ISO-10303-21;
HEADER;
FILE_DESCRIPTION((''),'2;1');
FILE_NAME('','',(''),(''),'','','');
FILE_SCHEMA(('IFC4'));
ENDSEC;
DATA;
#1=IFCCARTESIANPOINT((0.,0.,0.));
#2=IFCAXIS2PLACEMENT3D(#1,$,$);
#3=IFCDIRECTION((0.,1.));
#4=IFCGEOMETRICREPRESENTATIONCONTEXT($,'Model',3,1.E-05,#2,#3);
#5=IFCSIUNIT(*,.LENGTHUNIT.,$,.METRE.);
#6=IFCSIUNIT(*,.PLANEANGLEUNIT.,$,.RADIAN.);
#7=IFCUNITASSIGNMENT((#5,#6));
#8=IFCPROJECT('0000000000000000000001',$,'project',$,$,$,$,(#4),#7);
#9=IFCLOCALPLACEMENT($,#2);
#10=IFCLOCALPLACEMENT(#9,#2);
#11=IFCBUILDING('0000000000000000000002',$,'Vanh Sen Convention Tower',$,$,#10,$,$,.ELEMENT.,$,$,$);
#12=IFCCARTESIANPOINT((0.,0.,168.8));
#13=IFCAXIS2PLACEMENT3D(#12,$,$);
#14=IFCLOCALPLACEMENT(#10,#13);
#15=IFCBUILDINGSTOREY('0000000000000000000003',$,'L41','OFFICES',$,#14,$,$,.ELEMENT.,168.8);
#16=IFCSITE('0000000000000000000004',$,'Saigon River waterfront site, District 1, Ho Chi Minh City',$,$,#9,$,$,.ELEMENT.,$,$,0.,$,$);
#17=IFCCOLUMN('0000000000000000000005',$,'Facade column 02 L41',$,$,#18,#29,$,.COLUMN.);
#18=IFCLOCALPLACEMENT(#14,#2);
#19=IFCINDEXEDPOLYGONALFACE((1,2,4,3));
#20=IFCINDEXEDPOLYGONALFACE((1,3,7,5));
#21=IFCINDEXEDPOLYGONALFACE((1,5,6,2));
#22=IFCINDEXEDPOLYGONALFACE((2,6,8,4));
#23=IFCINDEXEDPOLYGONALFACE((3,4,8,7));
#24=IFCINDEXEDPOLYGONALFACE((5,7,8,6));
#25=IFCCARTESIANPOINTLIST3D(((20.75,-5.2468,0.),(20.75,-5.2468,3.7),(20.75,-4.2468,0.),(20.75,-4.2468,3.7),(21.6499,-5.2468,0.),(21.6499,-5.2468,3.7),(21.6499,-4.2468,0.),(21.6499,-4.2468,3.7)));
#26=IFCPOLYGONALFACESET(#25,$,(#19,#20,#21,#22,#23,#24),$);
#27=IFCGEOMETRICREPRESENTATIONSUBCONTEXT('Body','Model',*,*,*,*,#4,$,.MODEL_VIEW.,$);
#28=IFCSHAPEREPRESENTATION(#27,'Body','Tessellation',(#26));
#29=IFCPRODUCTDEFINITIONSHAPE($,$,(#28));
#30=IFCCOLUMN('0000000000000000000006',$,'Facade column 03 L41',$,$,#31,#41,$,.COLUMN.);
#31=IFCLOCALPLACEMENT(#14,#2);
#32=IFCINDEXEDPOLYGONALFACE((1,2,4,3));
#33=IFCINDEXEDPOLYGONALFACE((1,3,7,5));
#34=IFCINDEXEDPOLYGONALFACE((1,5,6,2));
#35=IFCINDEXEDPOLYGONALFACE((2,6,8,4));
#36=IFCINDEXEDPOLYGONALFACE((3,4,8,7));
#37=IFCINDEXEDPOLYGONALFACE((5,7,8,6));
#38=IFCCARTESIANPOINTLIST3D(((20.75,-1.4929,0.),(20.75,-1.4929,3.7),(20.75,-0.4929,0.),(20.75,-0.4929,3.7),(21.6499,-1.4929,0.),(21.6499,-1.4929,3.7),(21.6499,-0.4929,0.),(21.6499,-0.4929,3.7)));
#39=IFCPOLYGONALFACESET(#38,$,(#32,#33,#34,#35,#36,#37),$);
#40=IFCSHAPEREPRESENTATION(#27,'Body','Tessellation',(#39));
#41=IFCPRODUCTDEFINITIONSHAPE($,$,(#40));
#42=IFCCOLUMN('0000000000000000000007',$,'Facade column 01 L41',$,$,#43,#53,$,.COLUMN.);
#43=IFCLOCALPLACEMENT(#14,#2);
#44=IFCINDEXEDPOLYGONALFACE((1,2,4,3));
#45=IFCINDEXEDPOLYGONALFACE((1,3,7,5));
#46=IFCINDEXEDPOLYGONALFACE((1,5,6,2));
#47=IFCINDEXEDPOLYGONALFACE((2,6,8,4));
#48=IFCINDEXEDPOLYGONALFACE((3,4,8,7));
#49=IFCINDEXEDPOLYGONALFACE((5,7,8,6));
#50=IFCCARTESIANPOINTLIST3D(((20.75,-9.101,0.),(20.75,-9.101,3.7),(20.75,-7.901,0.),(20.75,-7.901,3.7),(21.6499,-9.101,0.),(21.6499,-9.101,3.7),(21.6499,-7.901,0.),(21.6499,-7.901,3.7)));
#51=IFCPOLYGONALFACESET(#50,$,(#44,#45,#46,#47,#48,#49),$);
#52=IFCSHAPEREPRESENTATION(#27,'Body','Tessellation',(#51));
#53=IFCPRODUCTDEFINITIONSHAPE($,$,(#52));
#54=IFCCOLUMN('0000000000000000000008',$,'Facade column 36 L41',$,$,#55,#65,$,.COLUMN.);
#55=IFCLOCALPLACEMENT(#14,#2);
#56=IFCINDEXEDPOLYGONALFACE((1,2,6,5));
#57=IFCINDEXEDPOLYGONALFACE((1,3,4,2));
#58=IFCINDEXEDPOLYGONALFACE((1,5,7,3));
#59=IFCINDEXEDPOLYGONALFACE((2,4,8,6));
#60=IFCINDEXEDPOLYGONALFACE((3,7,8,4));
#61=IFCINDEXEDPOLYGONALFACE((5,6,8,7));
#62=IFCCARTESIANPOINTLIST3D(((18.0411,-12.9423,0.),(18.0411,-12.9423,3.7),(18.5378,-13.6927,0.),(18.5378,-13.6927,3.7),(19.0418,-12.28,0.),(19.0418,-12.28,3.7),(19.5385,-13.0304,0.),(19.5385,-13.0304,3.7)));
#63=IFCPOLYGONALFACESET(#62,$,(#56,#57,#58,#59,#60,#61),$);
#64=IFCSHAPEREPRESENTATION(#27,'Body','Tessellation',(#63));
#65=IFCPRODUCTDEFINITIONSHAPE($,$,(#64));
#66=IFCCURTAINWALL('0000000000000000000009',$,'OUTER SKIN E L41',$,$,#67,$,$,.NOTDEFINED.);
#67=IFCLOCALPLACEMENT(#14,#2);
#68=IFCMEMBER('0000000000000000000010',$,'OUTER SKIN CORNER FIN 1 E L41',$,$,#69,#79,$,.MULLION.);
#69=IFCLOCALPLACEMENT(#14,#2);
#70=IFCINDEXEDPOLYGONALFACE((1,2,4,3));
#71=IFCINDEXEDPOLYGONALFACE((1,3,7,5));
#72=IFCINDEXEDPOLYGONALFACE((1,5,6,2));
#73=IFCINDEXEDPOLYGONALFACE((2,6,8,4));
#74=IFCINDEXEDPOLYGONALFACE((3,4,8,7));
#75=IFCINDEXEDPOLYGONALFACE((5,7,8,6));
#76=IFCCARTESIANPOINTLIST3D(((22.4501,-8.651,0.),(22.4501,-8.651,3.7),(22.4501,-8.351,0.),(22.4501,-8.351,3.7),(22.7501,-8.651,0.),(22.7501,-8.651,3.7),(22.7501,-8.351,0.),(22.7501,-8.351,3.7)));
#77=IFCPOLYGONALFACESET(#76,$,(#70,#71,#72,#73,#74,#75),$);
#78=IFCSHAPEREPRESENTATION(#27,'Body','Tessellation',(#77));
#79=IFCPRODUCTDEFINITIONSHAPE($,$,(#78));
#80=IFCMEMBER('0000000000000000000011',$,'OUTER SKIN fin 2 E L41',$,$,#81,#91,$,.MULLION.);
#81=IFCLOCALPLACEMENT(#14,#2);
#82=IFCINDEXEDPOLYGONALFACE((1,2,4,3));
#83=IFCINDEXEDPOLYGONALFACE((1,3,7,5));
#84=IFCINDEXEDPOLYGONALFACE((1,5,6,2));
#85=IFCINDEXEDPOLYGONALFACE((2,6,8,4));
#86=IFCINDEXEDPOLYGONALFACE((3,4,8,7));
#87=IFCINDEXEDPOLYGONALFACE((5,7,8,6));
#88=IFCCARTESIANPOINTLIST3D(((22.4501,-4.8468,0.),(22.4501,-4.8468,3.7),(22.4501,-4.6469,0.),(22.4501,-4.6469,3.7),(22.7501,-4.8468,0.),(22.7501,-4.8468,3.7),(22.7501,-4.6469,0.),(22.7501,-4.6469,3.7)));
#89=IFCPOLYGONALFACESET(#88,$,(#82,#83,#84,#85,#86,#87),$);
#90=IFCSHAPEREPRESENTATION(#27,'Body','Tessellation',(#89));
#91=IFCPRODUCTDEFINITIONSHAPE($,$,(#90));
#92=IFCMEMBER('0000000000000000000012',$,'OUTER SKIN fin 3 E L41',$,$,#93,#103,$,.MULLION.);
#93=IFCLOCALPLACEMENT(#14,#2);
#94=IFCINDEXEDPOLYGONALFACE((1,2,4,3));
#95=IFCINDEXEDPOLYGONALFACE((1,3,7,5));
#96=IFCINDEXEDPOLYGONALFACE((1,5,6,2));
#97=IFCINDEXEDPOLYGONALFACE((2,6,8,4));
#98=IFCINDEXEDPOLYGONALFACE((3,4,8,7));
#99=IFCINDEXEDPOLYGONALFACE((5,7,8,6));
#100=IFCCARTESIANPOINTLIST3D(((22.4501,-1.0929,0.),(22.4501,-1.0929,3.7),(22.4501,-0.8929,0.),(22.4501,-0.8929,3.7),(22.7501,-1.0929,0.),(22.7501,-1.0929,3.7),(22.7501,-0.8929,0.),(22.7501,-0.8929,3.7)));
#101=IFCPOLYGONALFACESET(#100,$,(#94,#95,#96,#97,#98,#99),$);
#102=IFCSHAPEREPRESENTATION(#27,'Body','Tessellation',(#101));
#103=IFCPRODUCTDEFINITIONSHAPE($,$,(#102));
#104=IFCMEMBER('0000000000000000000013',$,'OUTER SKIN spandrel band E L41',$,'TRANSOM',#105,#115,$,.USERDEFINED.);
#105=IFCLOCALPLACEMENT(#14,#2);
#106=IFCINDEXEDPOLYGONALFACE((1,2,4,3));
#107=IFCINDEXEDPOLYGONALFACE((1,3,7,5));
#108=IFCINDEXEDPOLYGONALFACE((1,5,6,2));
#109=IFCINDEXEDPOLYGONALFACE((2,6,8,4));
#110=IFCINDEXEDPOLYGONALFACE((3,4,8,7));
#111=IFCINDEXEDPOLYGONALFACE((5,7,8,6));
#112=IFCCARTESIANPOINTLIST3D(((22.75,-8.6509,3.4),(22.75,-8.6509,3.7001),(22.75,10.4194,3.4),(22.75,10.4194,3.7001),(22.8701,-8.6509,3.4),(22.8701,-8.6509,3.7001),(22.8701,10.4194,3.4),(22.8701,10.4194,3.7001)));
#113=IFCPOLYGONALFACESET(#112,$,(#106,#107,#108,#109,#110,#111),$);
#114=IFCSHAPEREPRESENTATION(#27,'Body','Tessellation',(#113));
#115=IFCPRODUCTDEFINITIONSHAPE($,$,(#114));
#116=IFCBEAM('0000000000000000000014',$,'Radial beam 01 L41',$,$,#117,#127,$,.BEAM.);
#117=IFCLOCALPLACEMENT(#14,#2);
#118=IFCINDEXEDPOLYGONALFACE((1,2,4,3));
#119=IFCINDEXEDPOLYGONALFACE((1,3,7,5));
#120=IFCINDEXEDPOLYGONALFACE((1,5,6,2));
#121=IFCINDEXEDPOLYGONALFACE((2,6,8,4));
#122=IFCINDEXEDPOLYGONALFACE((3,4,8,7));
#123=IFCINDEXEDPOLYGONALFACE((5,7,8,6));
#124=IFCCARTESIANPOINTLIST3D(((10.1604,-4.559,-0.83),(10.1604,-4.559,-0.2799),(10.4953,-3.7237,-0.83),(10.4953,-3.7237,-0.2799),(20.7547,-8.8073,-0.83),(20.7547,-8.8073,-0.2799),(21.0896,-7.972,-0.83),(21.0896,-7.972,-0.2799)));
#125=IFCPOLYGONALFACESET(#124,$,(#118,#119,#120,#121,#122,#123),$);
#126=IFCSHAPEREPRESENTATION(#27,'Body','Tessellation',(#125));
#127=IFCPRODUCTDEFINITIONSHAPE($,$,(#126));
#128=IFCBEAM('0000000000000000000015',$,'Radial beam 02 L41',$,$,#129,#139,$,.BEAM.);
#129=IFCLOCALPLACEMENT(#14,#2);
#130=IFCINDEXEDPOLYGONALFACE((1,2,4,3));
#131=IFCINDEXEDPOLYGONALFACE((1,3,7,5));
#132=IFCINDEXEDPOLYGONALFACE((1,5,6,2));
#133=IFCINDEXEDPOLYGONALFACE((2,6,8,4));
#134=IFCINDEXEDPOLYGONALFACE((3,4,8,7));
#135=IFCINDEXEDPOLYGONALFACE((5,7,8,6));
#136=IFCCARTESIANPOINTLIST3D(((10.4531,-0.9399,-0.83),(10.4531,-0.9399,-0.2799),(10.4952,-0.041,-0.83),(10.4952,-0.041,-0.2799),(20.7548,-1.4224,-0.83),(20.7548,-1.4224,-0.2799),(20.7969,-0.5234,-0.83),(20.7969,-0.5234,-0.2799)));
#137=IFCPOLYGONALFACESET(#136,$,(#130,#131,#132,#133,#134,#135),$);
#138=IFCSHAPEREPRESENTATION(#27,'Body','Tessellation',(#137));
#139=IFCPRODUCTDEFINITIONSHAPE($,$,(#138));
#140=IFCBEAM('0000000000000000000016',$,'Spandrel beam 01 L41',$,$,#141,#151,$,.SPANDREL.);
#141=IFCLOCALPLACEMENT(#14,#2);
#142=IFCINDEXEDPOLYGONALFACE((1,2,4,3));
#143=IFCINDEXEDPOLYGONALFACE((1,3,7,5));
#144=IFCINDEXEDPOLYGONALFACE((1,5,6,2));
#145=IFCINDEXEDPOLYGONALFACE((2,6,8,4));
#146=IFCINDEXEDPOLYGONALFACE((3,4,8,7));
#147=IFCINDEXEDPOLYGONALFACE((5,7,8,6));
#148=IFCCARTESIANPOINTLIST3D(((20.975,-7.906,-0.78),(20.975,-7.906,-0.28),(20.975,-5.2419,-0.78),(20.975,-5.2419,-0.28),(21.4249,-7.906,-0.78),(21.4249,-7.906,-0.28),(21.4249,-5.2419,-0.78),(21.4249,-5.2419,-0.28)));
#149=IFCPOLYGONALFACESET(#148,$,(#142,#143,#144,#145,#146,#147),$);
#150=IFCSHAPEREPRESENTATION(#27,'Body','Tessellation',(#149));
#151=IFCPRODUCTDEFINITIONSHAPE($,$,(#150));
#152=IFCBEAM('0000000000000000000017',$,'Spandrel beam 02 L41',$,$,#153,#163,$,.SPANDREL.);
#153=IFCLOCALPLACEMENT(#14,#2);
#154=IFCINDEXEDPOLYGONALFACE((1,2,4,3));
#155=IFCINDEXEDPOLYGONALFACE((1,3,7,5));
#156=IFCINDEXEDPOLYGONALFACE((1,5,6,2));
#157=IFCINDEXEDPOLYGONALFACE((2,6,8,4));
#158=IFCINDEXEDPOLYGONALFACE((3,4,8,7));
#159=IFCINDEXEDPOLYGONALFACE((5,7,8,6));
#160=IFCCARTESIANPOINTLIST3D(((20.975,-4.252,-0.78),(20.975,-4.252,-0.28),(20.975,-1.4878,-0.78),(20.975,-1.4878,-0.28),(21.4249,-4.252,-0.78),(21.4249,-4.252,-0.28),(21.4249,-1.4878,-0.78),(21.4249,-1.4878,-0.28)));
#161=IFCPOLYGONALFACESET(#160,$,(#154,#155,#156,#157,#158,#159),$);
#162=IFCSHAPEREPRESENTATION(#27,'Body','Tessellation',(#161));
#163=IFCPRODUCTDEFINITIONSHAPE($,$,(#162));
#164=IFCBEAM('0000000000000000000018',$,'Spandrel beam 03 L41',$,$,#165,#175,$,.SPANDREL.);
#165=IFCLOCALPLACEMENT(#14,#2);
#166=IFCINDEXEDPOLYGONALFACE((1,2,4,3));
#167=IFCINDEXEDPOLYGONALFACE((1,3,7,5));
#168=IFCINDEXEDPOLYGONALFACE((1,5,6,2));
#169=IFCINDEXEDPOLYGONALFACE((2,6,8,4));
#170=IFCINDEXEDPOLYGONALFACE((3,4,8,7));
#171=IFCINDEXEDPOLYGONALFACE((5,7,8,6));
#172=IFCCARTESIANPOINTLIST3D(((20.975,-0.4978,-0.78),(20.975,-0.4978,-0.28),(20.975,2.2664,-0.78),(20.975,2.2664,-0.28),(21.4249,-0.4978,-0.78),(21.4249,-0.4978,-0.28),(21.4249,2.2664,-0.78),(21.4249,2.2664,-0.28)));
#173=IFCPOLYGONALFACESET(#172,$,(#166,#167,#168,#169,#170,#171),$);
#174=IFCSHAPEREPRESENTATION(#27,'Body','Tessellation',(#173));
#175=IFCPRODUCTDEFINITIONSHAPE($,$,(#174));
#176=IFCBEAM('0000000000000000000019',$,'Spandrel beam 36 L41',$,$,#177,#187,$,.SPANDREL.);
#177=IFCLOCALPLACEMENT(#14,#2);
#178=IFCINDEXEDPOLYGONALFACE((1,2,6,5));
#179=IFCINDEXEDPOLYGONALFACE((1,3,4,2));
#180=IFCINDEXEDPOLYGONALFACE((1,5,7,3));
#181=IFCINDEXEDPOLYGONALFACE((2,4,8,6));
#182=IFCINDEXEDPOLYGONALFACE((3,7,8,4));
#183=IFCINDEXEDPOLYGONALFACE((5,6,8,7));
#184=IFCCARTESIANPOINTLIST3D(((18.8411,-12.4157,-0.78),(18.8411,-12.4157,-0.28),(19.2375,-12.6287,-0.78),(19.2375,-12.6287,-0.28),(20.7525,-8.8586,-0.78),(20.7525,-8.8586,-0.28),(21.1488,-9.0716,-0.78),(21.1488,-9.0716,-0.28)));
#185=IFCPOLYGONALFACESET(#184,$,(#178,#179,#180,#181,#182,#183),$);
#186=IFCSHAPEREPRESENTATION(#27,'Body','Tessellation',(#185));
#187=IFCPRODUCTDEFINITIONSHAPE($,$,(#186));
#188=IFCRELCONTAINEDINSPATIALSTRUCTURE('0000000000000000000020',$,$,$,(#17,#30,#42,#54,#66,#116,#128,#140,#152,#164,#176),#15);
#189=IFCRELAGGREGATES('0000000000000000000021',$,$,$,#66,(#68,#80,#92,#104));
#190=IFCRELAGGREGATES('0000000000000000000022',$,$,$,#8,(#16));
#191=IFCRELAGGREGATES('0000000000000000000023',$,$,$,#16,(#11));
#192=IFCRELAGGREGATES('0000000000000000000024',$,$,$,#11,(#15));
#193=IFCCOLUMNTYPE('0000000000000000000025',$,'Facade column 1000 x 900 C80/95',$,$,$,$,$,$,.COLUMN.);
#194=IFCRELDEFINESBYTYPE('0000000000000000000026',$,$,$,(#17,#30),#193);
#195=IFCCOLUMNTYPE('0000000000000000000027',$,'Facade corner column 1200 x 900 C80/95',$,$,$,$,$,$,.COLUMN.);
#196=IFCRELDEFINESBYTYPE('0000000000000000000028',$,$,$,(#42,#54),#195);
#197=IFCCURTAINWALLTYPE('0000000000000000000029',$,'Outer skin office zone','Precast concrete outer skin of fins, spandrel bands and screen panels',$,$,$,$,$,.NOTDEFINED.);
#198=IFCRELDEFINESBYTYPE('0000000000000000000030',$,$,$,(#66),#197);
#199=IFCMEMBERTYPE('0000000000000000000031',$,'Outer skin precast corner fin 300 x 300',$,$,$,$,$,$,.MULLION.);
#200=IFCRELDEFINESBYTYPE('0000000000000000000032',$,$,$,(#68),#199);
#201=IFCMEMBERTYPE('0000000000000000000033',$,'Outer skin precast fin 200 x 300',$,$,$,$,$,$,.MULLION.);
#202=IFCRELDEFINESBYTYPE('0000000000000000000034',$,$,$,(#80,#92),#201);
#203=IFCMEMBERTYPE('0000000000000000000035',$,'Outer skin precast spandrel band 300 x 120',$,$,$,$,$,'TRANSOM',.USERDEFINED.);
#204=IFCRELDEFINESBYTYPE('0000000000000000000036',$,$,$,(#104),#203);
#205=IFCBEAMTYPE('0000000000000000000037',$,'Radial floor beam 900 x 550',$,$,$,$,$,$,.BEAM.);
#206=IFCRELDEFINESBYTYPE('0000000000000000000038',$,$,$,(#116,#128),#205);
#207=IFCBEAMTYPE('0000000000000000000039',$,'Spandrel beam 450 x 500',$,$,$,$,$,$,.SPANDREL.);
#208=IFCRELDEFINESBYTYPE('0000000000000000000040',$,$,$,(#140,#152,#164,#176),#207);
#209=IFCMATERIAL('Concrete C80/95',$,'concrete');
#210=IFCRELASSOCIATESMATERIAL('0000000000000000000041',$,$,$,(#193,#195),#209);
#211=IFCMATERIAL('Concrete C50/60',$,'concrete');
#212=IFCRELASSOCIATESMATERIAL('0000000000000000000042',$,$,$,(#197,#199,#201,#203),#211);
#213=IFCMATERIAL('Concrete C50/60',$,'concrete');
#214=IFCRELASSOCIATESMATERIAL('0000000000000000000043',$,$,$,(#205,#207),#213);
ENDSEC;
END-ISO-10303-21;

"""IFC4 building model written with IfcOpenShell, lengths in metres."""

from ifc_helpers import new_model, si_unit, direction, frame, origin, origin_2d, place, context, subcontext, project, spatial, rectangle, extrude, material, material_profile, profile_set, type_object, element, aggregate, save


model = new_model("IFC4")

# Units and contexts
model_context = context("Model", 3, precision=1e-05, world=origin(), true_north=direction((0.0, 1.0)))
body_context = subcontext(model_context, "Body", "Model", "MODEL_VIEW")
ifc_project = project(units=[si_unit("LENGTHUNIT", "METRE"), si_unit("PLANEANGLEUNIT", "RADIAN")], contexts=[model_context])

# Site, building, storey
site_placement = place(None, origin())
site = spatial("IfcSite", under=ifc_project, at=site_placement, Name="Saigon River waterfront site, District 1, Ho Chi Minh City", CompositionType="ELEMENT", RefElevation=0.0)
building_placement = place(site_placement, origin())
building = spatial("IfcBuilding", under=site, at=building_placement, Name="Vanh Sen Convention Tower", CompositionType="ELEMENT")
storey_placement = place(building_placement, frame((0.0, 0.0, 168.8)))
storey = spatial("IfcBuildingStorey", under=building, at=storey_placement, Name="L41", Description="OFFICES", CompositionType="ELEMENT", Elevation=168.8)

# Columns
ifc_material_1 = material(Name="Concrete C80/95", Category="concrete")
ifc_material_profile_1 = material_profile(ifc_material_1, rectangle(XDim=1.0, YDim=0.8999, at=origin_2d()), Name="RC 1000X900")
ifc_profile_set_1 = profile_set([ifc_material_profile_1], Name="Concrete C80/95")
column_type_1 = type_object("IfcColumnType", Name="Facade column 1000 x 900 C80/95", PredefinedType="COLUMN", material=ifc_profile_set_1)
for number, where, z_axis, x_axis, name in (
    (1, (21.2, -4.7468, 0.0), (0.0, 0.0, 1.0), (0.0, 1.0, 0.0), "Facade column 02 L41"),
    (2, (21.2, -0.9929, 0.0), (0.0, 0.0, 1.0), (0.0, 1.0, 0.0), "Facade column 03 L41"),
):
    element("IfcColumn", number, at=place(storey_placement, frame(where, z_axis=z_axis, x_axis=x_axis)), inside=storey, type_object=column_type_1, Name=name, PredefinedType="COLUMN", context=body_context, shape_type="SweptSolid", body=[
        extrude(rectangle(XDim=1.0, YDim=0.8999, at=origin_2d()), origin(), (0.0, 0.0, 1.0), 3.7),
    ])
ifc_material_profile_2 = material_profile(ifc_material_1, rectangle(XDim=1.2, YDim=0.8999, at=origin_2d()), Name="RC 1200X900")
ifc_profile_set_2 = profile_set([ifc_material_profile_2], Name="Concrete C80/95")
column_type_2 = type_object("IfcColumnType", Name="Facade corner column 1200 x 900 C80/95", PredefinedType="COLUMN", material=ifc_profile_set_2)
for number, where, z_axis, x_axis, name in (
    (3, (21.2, -8.501, 0.0), (0.0, 0.0, 1.0), (0.0, 1.0, 0.0), "Facade column 01 L41"),
    (4, (18.7898, -12.9863, 0.0), (0.0, 0.0, 1.0), (0.833886, 0.551937, 0.0), "Facade column 36 L41"),
):
    element("IfcColumn", number, at=place(storey_placement, frame(where, z_axis=z_axis, x_axis=x_axis)), inside=storey, type_object=column_type_2, Name=name, PredefinedType="COLUMN", context=body_context, shape_type="SweptSolid", body=[
        extrude(rectangle(XDim=1.2, YDim=0.8999, at=origin_2d()), origin(), (0.0, 0.0, 1.0), 3.7),
    ])

# Curtain wall, members
ifc_material_2 = material(Name="Concrete C50/60", Category="concrete")
curtain_wall_type = type_object("IfcCurtainWallType", Name="Outer skin office zone", Description="Precast concrete outer skin of fins, spandrel bands and screen panels", PredefinedType="NOTDEFINED", material=ifc_material_2)
curtain_wall_1_placement = place(storey_placement, origin())
curtain_wall_1 = element("IfcCurtainWall", 5, at=curtain_wall_1_placement, inside=storey, type_object=curtain_wall_type, Name="OUTER SKIN E L41", PredefinedType="NOTDEFINED")
ifc_material_profile_3 = material_profile(ifc_material_2, rectangle(XDim=0.3, YDim=0.3, at=origin_2d()), Name="Outer skin precast corner fin 300 x 300")
ifc_profile_set_3 = profile_set([ifc_material_profile_3], Name="Concrete C50/60")
member_type_1 = type_object("IfcMemberType", Name="Outer skin precast corner fin 300 x 300", PredefinedType="MULLION", material=ifc_profile_set_3)
member_1_placement = place(storey_placement, frame((22.6001, -8.501, 0.0), z_axis=(0.0, 0.0, 1.0), x_axis=(0.0, 1.0, 0.0)))
member_1 = element("IfcMember", 6, at=member_1_placement, type_object=member_type_1, Name="OUTER SKIN CORNER FIN 1 E L41", PredefinedType="MULLION", context=body_context, shape_type="SweptSolid", body=[
    extrude(rectangle(XDim=0.3, YDim=0.3, at=origin_2d()), origin(), (0.0, 0.0, 1.0), 3.7),
])
ifc_material_profile_4 = material_profile(ifc_material_2, rectangle(XDim=0.2, YDim=0.3, at=origin_2d()), Name="Outer skin precast fin 200 x 300")
ifc_profile_set_4 = profile_set([ifc_material_profile_4], Name="Concrete C50/60")
member_type_2 = type_object("IfcMemberType", Name="Outer skin precast fin 200 x 300", PredefinedType="MULLION", material=ifc_profile_set_4)
member_2_placement = place(storey_placement, frame((22.6001, -4.7468, 0.0), z_axis=(0.0, 0.0, 1.0), x_axis=(0.0, 1.0, 0.0)))
member_2 = element("IfcMember", 7, at=member_2_placement, type_object=member_type_2, Name="OUTER SKIN fin 2 E L41", PredefinedType="MULLION", context=body_context, shape_type="SweptSolid", body=[
    extrude(rectangle(XDim=0.2, YDim=0.3, at=origin_2d()), origin(), (0.0, 0.0, 1.0), 3.7),
])
member_3_placement = place(storey_placement, frame((22.6001, -0.9929, 0.0), z_axis=(0.0, 0.0, 1.0), x_axis=(0.0, 1.0, 0.0)))
member_3 = element("IfcMember", 8, at=member_3_placement, type_object=member_type_2, Name="OUTER SKIN fin 3 E L41", PredefinedType="MULLION", context=body_context, shape_type="SweptSolid", body=[
    extrude(rectangle(XDim=0.2, YDim=0.3, at=origin_2d()), origin(), (0.0, 0.0, 1.0), 3.7),
])
ifc_material_profile_5 = material_profile(ifc_material_2, rectangle(XDim=0.1201, YDim=0.3, at=origin_2d()), Name="Outer skin precast spandrel band 300 x 120")
ifc_profile_set_5 = profile_set([ifc_material_profile_5], Name="Concrete C50/60")
member_type_3 = type_object("IfcMemberType", Name="Outer skin precast spandrel band 300 x 120", ElementType="TRANSOM", PredefinedType="USERDEFINED", material=ifc_profile_set_5)
member_4_placement = place(storey_placement, frame((22.8101, -8.6509, 3.55), z_axis=(0.0, 1.0, 0.0), x_axis=(-1.0, 0.0, 0.0)))
member_4 = element("IfcMember", 9, at=member_4_placement, type_object=member_type_3, Name="OUTER SKIN spandrel band E L41", ObjectType="TRANSOM", PredefinedType="USERDEFINED", context=body_context, shape_type="SweptSolid", body=[
    extrude(rectangle(XDim=0.1201, YDim=0.3, at=origin_2d()), origin(), (0.0, 0.0, 1.0), 19.0703),
])

# Beams
ifc_material_3 = material(Name="Concrete C50/60", Category="concrete")
ifc_material_profile_6 = material_profile(ifc_material_3, rectangle(XDim=0.8999, YDim=0.55, at=origin_2d()), Name="RC 900X550")
ifc_profile_set_6 = profile_set([ifc_material_profile_6], Name="Concrete C50/60")
beam_type_1 = type_object("IfcBeamType", Name="Radial floor beam 900 x 550", PredefinedType="BEAM", material=ifc_profile_set_6)
beam_1_placement = place(storey_placement, frame((20.9221, -8.3896, -0.5549), z_axis=(-0.928156, 0.372191, 0.0), x_axis=(-0.372191, -0.928156, 0.0)))
element("IfcBeam", 10, at=beam_1_placement, inside=storey, type_object=beam_type_1, Name="Radial beam 01 L41", PredefinedType="BEAM", context=body_context, shape_type="SweptSolid", body=[
    extrude(rectangle(XDim=0.8999, YDim=0.55, at=origin_2d()), origin(), (0.0, 0.0, 1.0), 11.4143),
])
beam_2_placement = place(storey_placement, frame((20.7759, -0.9729, -0.5549), z_axis=(-0.998905, 0.046778, 0.0), x_axis=(-0.046778, -0.998905, 0.0)))
element("IfcBeam", 11, at=beam_2_placement, inside=storey, type_object=beam_type_1, Name="Radial beam 02 L41", PredefinedType="BEAM", context=body_context, shape_type="SweptSolid", body=[
    extrude(rectangle(XDim=0.8999, YDim=0.55, at=origin_2d()), origin(), (0.0, 0.0, 1.0), 10.313),
])
ifc_material_profile_7 = material_profile(ifc_material_3, rectangle(XDim=0.45, YDim=0.5, at=origin_2d()), Name="RC 450X500")
ifc_profile_set_7 = profile_set([ifc_material_profile_7], Name="Concrete C50/60")
beam_type_2 = type_object("IfcBeamType", Name="Spandrel beam 450 x 500", PredefinedType="SPANDREL", material=ifc_profile_set_7)
beam_3_placement = place(storey_placement, frame((21.2, -7.906, -0.53), z_axis=(0.0, 1.0, 0.0), x_axis=(-1.0, 0.0, 0.0)))
element("IfcBeam", 12, at=beam_3_placement, inside=storey, type_object=beam_type_2, Name="Spandrel beam 01 L41", PredefinedType="SPANDREL", context=body_context, shape_type="SweptSolid", body=[
    extrude(rectangle(XDim=0.45, YDim=0.5, at=origin_2d()), origin(), (0.0, 0.0, 1.0), 2.6641),
])
for number, where, z_axis, x_axis, name in (
    (13, (21.2, -4.252, -0.53), (0.0, 1.0, 0.0), (-1.0, 0.0, 0.0), "Spandrel beam 02 L41"),
    (14, (21.2, -0.4978, -0.53), (0.0, 1.0, 0.0), (-1.0, 0.0, 0.0), "Spandrel beam 03 L41"),
):
    element("IfcBeam", number, at=place(storey_placement, frame(where, z_axis=z_axis, x_axis=x_axis)), inside=storey, type_object=beam_type_2, Name=name, PredefinedType="SPANDREL", context=body_context, shape_type="SweptSolid", body=[
        extrude(rectangle(XDim=0.45, YDim=0.5, at=origin_2d()), origin(), (0.0, 0.0, 1.0), 2.7642),
    ])
beam_4_placement = place(storey_placement, frame((19.0393, -12.5222, -0.53), z_axis=(0.473332, 0.880884, 0.0), x_axis=(-0.880884, 0.473332, 0.0)))
element("IfcBeam", 15, at=beam_4_placement, inside=storey, type_object=beam_type_2, Name="Spandrel beam 36 L41", PredefinedType="SPANDREL", context=body_context, shape_type="SweptSolid", body=[
    extrude(rectangle(XDim=0.45, YDim=0.5, at=origin_2d()), origin(), (0.0, 0.0, 1.0), 4.0381),
])

aggregate(curtain_wall_1, [member_1, member_2, member_3, member_4])

save(model, "model.ifc")
